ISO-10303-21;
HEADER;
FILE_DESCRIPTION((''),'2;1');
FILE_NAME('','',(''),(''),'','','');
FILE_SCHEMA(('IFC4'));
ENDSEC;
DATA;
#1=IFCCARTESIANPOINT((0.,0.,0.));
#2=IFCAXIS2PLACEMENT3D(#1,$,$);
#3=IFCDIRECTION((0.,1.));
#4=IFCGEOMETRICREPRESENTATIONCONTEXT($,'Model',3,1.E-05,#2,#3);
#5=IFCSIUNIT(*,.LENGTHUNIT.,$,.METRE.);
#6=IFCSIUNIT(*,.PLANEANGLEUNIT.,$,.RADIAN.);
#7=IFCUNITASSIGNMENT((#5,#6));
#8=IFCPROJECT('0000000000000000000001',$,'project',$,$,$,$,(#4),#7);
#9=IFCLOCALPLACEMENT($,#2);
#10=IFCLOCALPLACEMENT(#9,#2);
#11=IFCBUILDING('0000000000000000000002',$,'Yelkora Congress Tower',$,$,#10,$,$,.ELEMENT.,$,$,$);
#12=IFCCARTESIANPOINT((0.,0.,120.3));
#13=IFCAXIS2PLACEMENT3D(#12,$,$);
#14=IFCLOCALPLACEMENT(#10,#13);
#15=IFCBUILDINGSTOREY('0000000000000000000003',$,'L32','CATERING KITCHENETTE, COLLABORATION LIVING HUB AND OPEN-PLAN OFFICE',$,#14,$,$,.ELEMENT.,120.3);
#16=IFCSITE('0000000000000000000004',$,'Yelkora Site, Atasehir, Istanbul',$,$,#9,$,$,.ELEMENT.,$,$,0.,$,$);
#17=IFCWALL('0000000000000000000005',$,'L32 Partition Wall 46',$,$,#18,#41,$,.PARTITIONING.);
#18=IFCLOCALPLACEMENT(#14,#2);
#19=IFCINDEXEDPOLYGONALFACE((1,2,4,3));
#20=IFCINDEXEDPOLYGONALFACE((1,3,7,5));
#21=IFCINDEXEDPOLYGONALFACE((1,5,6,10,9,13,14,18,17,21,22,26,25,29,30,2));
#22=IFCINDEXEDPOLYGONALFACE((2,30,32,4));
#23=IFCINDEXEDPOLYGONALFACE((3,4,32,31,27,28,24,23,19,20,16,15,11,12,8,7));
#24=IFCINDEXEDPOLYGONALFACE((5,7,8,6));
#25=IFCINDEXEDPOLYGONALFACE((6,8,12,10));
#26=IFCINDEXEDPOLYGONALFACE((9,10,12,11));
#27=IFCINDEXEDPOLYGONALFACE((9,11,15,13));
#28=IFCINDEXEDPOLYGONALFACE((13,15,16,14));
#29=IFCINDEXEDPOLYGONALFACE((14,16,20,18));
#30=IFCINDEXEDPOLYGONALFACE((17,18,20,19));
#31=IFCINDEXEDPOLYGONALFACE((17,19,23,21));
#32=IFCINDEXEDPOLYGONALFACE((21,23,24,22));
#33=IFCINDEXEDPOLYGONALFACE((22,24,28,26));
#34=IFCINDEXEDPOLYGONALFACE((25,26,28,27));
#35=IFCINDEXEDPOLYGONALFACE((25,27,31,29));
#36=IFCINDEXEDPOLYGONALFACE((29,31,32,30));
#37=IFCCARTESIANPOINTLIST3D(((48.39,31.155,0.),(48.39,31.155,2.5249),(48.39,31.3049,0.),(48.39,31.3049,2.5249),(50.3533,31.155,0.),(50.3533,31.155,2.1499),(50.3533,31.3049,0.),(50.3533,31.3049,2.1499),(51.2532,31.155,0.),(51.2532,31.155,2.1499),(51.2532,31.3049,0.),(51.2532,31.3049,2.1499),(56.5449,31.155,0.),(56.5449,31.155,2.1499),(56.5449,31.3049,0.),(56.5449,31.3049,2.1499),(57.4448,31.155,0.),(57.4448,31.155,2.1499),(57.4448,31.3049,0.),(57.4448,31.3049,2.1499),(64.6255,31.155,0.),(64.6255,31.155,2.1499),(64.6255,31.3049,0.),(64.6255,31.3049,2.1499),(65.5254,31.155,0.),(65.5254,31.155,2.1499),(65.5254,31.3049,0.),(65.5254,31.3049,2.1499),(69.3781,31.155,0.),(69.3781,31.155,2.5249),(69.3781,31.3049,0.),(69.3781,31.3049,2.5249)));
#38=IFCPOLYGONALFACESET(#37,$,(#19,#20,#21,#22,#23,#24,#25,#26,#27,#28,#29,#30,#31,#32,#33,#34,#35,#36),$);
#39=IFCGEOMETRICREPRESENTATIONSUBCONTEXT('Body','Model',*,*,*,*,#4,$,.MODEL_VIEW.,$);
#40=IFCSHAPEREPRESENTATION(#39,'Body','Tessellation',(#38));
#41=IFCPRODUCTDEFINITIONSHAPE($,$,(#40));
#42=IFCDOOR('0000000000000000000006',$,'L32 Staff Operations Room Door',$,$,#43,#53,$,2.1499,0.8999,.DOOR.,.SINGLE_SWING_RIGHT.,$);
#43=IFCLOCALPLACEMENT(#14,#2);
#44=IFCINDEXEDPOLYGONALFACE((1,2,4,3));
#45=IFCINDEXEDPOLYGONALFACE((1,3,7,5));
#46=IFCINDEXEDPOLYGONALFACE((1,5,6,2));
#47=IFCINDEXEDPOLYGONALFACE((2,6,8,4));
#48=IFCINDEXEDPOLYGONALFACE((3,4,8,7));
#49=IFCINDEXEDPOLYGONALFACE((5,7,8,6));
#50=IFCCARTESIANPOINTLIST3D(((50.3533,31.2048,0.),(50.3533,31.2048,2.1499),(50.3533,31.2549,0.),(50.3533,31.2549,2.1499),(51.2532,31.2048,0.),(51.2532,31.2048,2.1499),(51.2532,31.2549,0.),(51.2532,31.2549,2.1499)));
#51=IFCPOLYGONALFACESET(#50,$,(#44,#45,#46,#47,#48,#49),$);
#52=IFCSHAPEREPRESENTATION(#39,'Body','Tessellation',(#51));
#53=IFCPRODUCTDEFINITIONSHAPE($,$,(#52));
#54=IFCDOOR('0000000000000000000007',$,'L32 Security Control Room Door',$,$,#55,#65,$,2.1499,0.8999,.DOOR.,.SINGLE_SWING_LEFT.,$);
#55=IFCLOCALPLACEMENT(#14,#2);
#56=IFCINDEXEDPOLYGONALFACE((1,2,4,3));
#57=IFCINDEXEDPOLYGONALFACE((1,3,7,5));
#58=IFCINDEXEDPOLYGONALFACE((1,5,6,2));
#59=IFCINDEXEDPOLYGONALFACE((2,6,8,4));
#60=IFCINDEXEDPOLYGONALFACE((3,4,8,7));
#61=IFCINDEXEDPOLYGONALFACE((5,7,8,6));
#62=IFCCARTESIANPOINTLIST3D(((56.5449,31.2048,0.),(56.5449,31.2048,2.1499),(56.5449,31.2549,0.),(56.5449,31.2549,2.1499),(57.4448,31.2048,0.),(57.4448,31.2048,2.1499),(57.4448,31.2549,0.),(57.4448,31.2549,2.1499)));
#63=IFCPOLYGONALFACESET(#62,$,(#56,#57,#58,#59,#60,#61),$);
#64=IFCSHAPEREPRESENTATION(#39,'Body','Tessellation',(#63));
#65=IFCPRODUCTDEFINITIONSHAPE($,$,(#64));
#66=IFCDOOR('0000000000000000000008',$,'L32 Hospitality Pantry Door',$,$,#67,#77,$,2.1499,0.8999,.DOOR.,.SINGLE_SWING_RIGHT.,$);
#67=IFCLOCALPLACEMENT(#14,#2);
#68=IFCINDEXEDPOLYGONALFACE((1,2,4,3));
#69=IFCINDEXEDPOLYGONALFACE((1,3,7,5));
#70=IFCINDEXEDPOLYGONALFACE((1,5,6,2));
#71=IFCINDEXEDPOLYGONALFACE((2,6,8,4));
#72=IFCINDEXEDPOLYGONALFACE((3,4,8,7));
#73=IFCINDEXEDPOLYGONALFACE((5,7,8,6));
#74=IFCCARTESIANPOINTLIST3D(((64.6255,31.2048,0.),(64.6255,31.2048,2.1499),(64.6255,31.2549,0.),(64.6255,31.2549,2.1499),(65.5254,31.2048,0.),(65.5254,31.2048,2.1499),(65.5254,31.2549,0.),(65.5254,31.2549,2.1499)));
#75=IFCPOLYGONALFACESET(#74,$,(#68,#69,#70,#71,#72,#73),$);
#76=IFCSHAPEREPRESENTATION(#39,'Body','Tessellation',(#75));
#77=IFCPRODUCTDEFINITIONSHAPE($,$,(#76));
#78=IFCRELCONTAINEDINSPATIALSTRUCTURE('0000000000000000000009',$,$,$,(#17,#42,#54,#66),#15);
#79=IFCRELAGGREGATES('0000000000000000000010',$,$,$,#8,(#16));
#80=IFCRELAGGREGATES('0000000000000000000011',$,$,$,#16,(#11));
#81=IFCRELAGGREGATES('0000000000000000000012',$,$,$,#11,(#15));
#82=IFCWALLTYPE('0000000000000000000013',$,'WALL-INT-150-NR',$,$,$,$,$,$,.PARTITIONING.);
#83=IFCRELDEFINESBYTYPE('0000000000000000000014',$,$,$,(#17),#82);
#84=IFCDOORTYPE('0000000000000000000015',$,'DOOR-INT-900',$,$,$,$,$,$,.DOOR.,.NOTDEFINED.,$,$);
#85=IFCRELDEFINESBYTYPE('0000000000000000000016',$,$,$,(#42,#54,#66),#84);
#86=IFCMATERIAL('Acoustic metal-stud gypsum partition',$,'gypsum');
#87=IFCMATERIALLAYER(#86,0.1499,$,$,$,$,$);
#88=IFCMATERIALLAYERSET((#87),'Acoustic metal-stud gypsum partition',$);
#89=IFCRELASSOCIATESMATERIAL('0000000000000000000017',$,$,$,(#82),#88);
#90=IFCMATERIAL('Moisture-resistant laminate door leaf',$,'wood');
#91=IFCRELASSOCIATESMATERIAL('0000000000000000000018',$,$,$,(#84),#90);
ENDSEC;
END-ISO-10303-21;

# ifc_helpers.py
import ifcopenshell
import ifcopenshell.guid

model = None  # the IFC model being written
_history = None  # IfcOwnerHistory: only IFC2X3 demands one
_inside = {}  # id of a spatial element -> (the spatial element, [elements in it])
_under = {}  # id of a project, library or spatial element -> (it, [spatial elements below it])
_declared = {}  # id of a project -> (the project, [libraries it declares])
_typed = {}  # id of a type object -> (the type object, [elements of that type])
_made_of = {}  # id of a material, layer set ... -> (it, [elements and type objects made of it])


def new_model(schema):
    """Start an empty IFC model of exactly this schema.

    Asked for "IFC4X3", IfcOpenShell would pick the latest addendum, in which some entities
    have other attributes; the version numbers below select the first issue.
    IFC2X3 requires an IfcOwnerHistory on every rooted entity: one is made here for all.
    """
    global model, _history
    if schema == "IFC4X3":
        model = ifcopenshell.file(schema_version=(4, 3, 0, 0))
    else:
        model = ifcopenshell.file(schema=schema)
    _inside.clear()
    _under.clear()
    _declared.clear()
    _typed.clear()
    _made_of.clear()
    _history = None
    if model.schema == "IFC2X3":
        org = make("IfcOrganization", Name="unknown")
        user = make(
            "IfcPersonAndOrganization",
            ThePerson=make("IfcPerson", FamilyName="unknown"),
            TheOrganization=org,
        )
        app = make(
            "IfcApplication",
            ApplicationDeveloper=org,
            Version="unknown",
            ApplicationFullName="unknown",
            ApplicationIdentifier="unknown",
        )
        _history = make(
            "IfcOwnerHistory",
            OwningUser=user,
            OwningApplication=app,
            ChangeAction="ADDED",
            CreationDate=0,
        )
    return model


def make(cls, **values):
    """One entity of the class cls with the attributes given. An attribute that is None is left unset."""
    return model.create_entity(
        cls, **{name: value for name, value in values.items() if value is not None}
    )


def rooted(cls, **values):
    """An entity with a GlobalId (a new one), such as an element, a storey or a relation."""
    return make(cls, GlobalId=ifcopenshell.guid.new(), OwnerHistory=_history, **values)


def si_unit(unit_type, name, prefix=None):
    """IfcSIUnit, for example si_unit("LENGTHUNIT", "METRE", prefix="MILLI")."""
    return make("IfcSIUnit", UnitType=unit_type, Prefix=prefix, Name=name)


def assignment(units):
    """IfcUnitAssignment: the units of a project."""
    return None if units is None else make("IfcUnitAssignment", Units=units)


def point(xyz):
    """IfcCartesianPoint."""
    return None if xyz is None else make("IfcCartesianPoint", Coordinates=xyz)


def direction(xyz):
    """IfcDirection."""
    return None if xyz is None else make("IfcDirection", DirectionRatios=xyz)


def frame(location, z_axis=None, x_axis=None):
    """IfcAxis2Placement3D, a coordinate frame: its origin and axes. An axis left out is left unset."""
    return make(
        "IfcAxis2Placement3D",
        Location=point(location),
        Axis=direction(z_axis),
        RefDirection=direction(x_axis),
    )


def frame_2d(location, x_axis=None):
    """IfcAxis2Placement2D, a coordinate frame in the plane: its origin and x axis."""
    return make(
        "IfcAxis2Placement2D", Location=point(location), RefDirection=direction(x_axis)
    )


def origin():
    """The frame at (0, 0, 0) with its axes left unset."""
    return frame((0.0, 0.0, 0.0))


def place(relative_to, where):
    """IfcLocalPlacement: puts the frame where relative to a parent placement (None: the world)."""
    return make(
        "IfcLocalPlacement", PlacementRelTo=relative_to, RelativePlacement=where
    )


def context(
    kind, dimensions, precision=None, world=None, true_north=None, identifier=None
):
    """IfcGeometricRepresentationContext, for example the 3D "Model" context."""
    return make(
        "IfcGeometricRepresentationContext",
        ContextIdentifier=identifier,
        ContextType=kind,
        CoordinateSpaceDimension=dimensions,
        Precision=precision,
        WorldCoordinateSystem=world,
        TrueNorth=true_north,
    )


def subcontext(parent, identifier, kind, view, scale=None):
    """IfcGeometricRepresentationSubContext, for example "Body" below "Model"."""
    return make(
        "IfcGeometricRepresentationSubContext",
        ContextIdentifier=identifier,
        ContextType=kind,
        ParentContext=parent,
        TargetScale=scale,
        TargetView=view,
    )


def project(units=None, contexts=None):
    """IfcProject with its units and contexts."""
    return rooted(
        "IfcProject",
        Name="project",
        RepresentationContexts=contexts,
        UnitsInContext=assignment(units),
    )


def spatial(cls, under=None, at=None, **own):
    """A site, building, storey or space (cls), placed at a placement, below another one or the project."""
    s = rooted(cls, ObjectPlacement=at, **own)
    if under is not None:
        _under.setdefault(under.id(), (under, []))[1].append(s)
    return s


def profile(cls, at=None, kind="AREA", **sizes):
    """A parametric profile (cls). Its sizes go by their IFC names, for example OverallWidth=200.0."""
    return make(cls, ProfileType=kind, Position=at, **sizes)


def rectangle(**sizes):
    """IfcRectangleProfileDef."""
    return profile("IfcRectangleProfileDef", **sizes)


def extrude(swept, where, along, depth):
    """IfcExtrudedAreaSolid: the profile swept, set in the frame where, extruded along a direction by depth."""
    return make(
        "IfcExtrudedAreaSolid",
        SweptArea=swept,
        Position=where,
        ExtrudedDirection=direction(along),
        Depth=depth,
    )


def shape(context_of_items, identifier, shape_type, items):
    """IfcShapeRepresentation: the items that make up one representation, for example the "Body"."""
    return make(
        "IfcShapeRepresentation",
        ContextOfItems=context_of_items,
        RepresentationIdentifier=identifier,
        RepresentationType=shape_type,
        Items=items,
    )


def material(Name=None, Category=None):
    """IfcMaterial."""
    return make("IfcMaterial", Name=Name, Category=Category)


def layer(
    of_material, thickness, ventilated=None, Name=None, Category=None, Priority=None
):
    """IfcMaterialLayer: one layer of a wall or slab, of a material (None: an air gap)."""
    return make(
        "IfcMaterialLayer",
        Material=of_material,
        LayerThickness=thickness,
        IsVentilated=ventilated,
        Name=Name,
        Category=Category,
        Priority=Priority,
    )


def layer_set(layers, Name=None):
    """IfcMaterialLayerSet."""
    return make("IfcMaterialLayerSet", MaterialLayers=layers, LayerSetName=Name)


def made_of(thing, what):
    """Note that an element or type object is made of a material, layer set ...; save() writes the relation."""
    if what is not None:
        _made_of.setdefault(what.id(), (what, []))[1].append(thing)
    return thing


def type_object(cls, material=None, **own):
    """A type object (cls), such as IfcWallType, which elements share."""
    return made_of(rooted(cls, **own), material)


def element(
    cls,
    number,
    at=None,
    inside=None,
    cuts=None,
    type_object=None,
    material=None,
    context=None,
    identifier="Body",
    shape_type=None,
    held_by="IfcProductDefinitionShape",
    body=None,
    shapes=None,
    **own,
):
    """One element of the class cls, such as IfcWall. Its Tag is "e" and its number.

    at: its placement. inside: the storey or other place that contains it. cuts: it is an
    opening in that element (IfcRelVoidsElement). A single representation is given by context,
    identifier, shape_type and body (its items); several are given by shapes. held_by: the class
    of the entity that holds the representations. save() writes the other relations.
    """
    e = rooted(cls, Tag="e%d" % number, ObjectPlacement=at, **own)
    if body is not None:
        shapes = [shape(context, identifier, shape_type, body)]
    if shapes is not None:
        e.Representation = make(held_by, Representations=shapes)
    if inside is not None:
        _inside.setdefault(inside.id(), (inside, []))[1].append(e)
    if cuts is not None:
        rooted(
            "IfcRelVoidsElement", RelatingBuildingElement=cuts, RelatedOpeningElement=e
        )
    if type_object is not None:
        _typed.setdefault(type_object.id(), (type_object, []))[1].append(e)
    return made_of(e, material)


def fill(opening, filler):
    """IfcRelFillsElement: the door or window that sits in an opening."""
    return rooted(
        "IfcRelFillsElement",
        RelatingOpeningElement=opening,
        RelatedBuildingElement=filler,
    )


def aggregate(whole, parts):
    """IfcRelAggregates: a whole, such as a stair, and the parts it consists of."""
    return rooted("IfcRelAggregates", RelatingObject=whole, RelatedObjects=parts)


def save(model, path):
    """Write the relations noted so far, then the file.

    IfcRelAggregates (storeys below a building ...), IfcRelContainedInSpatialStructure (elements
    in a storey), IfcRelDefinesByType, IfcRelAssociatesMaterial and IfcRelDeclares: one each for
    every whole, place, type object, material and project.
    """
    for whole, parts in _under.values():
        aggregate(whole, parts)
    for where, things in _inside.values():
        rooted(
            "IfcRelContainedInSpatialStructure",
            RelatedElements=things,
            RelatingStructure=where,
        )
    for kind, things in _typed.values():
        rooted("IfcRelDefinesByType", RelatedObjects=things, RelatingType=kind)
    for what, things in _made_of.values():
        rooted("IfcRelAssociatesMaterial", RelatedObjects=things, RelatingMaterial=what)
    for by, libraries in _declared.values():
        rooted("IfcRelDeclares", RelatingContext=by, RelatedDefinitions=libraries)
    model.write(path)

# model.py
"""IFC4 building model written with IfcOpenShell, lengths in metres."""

from ifc_helpers import new_model, si_unit, direction, frame, frame_2d, origin, place, context, subcontext, project, spatial, rectangle, extrude, material, layer, layer_set, type_object, element, fill, save


model = new_model("IFC4")

# Units and contexts
model_context = context("Model", 3, precision=1e-05, world=origin(), true_north=direction((0.0, 1.0)))
body_context = subcontext(model_context, "Body", "Model", "MODEL_VIEW")
ifc_project = project(units=[si_unit("LENGTHUNIT", "METRE"), si_unit("PLANEANGLEUNIT", "RADIAN")], contexts=[model_context])

# Site, building, storey
site_placement = place(None, origin())
site = spatial("IfcSite", under=ifc_project, at=site_placement, Name="Yelkora Site, Atasehir, Istanbul", CompositionType="ELEMENT", RefElevation=0.0)
building_placement = place(site_placement, origin())
building = spatial("IfcBuilding", under=site, at=building_placement, Name="Yelkora Congress Tower", CompositionType="ELEMENT")
storey_placement = place(building_placement, frame((0.0, 0.0, 120.3)))
storey = spatial("IfcBuildingStorey", under=building, at=storey_placement, Name="L32", Description="CATERING KITCHENETTE, COLLABORATION LIVING HUB AND OPEN-PLAN OFFICE", CompositionType="ELEMENT", Elevation=120.3)

# Shared definitions
ifc_material_1 = material(Name="Acoustic metal-stud gypsum partition", Category="gypsum")
ifc_layer = layer(ifc_material_1, 0.1499)
ifc_layer_set = layer_set([ifc_layer], Name="Acoustic metal-stud gypsum partition")
wall_type = type_object("IfcWallType", Name="WALL-INT-150-NR", PredefinedType="PARTITIONING", material=ifc_layer_set)

# Wall, openings, doors
wall_1_placement = place(storey_placement, frame((48.3899, 31.23, 0.0), z_axis=(0.0, 0.0, 1.0), x_axis=(1.0, 0.0, 0.0)))
wall_1 = element("IfcWall", 1, at=wall_1_placement, inside=storey, type_object=wall_type, Name="L32 Partition Wall 46", PredefinedType="PARTITIONING", context=body_context, shape_type="SweptSolid", body=[
    extrude(rectangle(XDim=20.988, YDim=0.1499, at=frame_2d((10.4941, 0.0))), origin(), (0.0, 0.0, 1.0), 2.5249),
])
opening_1_placement = place(wall_1_placement, frame((1.9634, 0.0, 0.0)))
opening_1 = element("IfcOpeningElement", 2, at=opening_1_placement, cuts=wall_1, PredefinedType="OPENING", context=body_context, shape_type="SweptSolid", body=[
    extrude(rectangle(XDim=0.8999, YDim=2.1499, at=frame_2d((0.45, 1.075))), frame((0.0, 0.085, 0.0), z_axis=(0.0, -1.0, 0.0), x_axis=(1.0, 0.0, 0.0)), (0.0, 0.0, 1.0), 0.1699),
])
opening_2_placement = place(wall_1_placement, frame((8.155, 0.0, 0.0)))
opening_2 = element("IfcOpeningElement", 3, at=opening_2_placement, cuts=wall_1, PredefinedType="OPENING", context=body_context, shape_type="SweptSolid", body=[
    extrude(rectangle(XDim=0.8999, YDim=2.1499, at=frame_2d((0.45, 1.075))), frame((0.0, 0.085, 0.0), z_axis=(0.0, -1.0, 0.0), x_axis=(1.0, 0.0, 0.0)), (0.0, 0.0, 1.0), 0.1699),
])
opening_3_placement = place(wall_1_placement, frame((16.2356, 0.0, 0.0)))
opening_3 = element("IfcOpeningElement", 4, at=opening_3_placement, cuts=wall_1, PredefinedType="OPENING", context=body_context, shape_type="SweptSolid", body=[
    extrude(rectangle(XDim=0.8999, YDim=2.1499, at=frame_2d((0.45, 1.075))), frame((0.0, 0.085, 0.0), z_axis=(0.0, -1.0, 0.0), x_axis=(1.0, 0.0, 0.0)), (0.0, 0.0, 1.0), 0.1699),
])
ifc_material_2 = material(Name="Moisture-resistant laminate door leaf", Category="wood")
door_type = type_object("IfcDoorType", Name="DOOR-INT-900", OperationType="NOTDEFINED", PredefinedType="DOOR", material=ifc_material_2)
door_1_placement = place(opening_1_placement, origin())
door_1 = element("IfcDoor", 5, at=door_1_placement, inside=storey, type_object=door_type, Name="L32 Staff Operations Room Door", OperationType="SINGLE_SWING_RIGHT", OverallHeight=2.1499, OverallWidth=0.8999, PredefinedType="DOOR", context=body_context, shape_type="SweptSolid", body=[
    extrude(rectangle(XDim=0.8999, YDim=2.1499, at=frame_2d((0.45, 1.075))), frame((0.0, 0.0249, 0.0), z_axis=(0.0, -1.0, 0.0), x_axis=(1.0, 0.0, 0.0)), (0.0, 0.0, 1.0), 0.05),
])
fill(opening_1, door_1)
door_2_placement = place(opening_2_placement, origin())
door_2 = element("IfcDoor", 6, at=door_2_placement, inside=storey, type_object=door_type, Name="L32 Security Control Room Door", OperationType="SINGLE_SWING_LEFT", OverallHeight=2.1499, OverallWidth=0.8999, PredefinedType="DOOR", context=body_context, shape_type="SweptSolid", body=[
    extrude(rectangle(XDim=0.8999, YDim=2.1499, at=frame_2d((0.45, 1.075))), frame((0.0, 0.0249, 0.0), z_axis=(0.0, -1.0, 0.0), x_axis=(1.0, 0.0, 0.0)), (0.0, 0.0, 1.0), 0.05),
])
fill(opening_2, door_2)
door_3_placement = place(opening_3_placement, origin())
door_3 = element("IfcDoor", 7, at=door_3_placement, inside=storey, type_object=door_type, Name="L32 Hospitality Pantry Door", OperationType="SINGLE_SWING_RIGHT", OverallHeight=2.1499, OverallWidth=0.8999, PredefinedType="DOOR", context=body_context, shape_type="SweptSolid", body=[
    extrude(rectangle(XDim=0.8999, YDim=2.1499, at=frame_2d((0.45, 1.075))), frame((0.0, 0.0249, 0.0), z_axis=(0.0, -1.0, 0.0), x_axis=(1.0, 0.0, 0.0)), (0.0, 0.0, 1.0), 0.05),
])
fill(opening_3, door_3)

save(model, "model.ifc")
